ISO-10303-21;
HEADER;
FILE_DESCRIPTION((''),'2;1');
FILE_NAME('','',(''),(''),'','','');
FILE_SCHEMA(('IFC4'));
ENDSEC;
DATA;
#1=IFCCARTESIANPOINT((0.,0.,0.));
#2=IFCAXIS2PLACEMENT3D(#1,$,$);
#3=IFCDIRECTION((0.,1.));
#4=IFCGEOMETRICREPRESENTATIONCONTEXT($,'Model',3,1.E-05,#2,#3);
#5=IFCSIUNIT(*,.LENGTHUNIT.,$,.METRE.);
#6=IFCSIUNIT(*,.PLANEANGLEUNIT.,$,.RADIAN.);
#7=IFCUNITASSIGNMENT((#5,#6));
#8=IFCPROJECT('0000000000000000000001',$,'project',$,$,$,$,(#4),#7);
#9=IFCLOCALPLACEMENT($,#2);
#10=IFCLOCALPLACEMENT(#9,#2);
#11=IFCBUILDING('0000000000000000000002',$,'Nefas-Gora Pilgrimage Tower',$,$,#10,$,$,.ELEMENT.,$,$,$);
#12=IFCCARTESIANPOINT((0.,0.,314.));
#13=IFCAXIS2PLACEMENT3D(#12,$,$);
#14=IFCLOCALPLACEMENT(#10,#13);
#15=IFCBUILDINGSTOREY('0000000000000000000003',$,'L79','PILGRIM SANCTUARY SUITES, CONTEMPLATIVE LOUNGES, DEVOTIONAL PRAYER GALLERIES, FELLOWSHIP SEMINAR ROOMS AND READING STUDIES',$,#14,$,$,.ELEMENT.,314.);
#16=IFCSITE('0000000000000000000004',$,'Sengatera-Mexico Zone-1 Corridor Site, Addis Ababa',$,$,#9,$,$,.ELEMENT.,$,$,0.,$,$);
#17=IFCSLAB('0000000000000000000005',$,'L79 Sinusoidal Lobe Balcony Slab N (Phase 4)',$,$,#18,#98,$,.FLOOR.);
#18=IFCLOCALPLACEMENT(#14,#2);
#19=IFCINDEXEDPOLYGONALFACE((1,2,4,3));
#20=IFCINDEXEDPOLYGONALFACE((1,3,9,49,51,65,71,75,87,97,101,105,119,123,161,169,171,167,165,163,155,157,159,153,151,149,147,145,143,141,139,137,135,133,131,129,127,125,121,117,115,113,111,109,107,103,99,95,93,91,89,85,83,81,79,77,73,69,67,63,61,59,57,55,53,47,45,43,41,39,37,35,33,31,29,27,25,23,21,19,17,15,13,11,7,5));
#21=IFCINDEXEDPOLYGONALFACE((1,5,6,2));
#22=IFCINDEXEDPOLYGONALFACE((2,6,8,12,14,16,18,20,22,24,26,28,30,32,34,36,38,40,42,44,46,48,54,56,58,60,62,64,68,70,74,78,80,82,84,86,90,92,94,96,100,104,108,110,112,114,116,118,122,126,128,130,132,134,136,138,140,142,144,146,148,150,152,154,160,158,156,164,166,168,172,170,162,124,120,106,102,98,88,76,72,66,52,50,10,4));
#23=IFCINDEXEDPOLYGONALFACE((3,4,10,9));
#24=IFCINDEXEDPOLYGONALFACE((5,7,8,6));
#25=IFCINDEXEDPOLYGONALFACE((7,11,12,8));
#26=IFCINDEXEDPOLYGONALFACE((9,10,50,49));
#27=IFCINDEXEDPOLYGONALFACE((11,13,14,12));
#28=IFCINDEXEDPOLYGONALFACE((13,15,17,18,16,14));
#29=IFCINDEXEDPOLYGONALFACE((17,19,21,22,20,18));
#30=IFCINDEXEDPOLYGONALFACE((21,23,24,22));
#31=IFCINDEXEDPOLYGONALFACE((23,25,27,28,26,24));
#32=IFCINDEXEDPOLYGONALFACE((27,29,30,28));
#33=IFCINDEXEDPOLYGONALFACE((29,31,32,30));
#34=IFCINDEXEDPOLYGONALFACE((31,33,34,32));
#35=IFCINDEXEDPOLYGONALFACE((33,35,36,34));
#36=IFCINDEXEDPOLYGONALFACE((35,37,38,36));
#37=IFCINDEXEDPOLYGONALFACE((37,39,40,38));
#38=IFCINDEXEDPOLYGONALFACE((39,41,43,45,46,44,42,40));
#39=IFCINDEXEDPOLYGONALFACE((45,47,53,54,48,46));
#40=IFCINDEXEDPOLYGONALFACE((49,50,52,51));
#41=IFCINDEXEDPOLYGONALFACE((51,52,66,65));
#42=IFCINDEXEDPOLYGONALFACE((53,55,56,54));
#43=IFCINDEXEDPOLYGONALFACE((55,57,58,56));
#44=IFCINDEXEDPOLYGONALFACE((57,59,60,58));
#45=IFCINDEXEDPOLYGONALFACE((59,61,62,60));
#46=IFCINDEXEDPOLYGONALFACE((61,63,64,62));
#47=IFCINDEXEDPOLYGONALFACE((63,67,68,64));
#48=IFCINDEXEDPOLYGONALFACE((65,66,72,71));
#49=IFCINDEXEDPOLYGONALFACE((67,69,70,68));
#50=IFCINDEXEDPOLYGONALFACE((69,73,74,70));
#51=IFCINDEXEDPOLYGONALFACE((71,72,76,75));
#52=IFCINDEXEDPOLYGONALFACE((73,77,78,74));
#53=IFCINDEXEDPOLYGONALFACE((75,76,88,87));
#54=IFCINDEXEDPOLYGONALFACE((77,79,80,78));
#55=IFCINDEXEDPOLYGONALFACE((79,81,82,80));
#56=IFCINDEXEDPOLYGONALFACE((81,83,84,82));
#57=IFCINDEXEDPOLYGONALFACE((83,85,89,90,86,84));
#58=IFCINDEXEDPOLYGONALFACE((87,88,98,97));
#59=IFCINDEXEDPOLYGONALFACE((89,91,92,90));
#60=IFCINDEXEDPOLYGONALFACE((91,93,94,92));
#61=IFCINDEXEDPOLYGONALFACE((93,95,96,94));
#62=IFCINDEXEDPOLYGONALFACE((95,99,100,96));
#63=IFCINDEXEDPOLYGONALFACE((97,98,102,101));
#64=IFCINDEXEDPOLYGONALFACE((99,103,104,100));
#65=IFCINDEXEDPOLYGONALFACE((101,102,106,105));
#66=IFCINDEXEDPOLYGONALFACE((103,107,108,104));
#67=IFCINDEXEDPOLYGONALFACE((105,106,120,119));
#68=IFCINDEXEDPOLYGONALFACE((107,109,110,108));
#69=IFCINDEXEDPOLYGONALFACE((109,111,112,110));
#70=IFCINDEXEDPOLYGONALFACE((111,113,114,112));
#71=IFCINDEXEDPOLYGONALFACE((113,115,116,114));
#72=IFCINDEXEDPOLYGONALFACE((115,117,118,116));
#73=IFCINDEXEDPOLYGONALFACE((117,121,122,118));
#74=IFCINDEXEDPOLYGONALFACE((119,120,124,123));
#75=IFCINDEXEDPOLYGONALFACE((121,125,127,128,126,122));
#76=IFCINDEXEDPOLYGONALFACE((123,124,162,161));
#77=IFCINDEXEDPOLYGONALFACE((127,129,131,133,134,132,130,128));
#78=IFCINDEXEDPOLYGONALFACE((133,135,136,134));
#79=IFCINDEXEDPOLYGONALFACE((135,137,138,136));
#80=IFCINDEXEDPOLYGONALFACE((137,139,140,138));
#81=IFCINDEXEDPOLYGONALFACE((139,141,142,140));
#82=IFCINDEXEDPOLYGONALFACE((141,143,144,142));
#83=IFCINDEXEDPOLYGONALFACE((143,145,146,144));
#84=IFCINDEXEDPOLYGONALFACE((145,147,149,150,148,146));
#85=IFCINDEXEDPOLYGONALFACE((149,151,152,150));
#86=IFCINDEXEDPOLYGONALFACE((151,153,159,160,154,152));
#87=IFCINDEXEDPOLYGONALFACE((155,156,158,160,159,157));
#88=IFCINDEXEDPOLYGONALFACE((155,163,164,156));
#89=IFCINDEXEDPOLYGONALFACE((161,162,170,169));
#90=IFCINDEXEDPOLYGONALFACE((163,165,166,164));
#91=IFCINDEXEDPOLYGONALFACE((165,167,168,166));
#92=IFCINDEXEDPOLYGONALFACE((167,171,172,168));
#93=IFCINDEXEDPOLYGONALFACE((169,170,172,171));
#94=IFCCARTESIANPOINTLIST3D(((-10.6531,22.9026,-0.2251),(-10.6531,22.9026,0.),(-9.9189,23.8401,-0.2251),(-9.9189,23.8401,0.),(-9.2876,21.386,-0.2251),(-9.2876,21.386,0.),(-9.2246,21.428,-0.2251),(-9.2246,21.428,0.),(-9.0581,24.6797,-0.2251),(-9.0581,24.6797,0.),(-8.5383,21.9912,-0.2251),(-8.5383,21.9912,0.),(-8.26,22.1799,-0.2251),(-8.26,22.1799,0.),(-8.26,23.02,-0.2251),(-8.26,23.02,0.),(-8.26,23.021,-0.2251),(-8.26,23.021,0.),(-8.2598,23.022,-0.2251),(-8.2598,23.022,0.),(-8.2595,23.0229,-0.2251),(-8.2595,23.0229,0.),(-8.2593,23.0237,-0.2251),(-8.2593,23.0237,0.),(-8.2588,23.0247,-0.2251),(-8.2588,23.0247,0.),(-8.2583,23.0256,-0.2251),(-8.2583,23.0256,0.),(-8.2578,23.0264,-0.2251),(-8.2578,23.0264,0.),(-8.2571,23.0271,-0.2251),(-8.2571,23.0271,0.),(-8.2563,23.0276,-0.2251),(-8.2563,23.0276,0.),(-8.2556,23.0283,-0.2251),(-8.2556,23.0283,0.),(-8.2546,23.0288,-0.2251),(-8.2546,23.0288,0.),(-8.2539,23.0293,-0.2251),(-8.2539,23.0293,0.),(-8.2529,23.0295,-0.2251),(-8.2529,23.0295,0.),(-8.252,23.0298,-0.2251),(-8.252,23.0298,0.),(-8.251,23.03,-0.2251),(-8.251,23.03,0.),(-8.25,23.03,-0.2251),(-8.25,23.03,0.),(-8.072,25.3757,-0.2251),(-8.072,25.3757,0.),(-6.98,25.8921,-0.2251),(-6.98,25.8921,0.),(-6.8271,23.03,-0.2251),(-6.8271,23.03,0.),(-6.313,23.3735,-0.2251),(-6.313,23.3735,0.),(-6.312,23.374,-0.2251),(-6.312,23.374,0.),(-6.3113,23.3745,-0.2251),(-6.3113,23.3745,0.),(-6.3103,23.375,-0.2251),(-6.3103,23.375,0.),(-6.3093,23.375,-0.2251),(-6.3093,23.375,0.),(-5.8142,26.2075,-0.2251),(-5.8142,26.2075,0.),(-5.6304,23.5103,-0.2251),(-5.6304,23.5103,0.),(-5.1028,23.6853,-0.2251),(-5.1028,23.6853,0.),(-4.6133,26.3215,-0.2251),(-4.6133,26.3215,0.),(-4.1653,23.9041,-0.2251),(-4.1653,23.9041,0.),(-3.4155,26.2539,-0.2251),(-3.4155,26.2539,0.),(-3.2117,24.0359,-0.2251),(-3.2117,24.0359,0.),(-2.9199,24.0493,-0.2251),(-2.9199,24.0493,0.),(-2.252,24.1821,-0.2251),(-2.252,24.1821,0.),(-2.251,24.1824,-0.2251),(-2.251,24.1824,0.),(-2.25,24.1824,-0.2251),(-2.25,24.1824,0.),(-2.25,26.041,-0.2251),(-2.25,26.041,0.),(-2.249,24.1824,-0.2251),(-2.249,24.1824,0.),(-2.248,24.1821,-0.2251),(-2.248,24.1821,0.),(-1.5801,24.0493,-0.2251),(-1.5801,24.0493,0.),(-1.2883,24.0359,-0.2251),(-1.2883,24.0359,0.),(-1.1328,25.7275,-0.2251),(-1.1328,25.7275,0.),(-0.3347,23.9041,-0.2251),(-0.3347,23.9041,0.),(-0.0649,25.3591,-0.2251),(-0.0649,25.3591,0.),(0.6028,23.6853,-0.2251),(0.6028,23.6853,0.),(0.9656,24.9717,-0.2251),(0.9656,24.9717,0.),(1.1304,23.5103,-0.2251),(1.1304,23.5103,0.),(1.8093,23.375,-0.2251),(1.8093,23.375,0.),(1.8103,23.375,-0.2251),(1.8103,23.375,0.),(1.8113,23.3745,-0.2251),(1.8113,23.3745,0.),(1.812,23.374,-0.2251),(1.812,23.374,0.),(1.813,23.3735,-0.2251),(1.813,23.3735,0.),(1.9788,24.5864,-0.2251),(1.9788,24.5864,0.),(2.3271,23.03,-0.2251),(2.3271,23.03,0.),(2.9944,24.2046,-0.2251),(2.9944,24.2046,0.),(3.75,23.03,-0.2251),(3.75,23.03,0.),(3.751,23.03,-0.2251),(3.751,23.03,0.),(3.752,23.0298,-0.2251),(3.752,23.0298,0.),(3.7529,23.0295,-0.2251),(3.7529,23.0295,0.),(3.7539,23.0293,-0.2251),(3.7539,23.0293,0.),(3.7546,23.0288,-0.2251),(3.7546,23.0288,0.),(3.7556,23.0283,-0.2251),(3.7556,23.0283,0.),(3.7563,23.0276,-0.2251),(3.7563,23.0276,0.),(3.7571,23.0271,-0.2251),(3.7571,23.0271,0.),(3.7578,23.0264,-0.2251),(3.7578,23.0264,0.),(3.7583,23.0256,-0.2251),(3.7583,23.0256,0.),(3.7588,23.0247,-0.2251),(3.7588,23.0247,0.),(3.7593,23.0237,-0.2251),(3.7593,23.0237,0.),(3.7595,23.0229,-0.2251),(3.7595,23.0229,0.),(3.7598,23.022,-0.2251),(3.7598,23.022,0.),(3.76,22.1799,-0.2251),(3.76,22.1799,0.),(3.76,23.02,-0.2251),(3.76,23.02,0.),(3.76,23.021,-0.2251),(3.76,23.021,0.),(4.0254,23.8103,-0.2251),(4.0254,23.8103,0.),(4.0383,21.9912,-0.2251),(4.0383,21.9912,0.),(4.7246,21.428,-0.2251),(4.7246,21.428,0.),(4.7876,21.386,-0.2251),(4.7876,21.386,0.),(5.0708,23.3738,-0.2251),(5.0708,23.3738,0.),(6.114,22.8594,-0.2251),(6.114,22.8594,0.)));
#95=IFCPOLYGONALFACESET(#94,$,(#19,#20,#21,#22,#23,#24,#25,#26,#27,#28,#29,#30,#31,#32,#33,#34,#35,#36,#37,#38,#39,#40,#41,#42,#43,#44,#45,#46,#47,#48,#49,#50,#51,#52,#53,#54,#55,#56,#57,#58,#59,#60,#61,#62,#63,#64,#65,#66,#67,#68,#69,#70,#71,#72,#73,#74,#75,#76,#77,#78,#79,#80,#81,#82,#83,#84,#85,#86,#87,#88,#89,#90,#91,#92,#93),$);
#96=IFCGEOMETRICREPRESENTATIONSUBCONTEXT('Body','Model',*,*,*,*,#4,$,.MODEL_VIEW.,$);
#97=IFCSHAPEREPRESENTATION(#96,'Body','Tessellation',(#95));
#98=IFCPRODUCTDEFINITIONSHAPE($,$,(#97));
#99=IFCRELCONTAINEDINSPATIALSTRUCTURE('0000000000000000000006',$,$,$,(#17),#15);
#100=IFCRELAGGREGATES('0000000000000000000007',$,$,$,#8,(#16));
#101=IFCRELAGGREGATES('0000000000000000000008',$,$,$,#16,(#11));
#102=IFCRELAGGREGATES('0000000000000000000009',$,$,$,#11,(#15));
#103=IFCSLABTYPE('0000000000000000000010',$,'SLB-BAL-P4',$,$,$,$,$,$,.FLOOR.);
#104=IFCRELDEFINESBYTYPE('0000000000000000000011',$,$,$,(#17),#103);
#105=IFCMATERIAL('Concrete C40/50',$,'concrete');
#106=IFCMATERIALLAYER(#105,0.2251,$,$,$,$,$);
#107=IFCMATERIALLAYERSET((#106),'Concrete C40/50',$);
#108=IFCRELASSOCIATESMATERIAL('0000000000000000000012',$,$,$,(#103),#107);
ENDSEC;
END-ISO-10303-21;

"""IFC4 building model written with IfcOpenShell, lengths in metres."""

from ifc_helpers import new_model, si_unit, direction, frame, origin, place, context, subcontext, project, spatial, polyline, outline, extrude, material, layer, layer_set, type_object, element, save


model = new_model("IFC4")

# Units and contexts
model_context = context("Model", 3, precision=1e-05, world=origin(), true_north=direction((0.0, 1.0)))
body_context = subcontext(model_context, "Body", "Model", "MODEL_VIEW")
ifc_project = project(units=[si_unit("LENGTHUNIT", "METRE"), si_unit("PLANEANGLEUNIT", "RADIAN")], contexts=[model_context])

# Site, building, storey
site_placement = place(None, origin())
site = spatial("IfcSite", under=ifc_project, at=site_placement, Name="Sengatera-Mexico Zone-1 Corridor Site, Addis Ababa", CompositionType="ELEMENT", RefElevation=0.0)
building_placement = place(site_placement, origin())
building = spatial("IfcBuilding", under=site, at=building_placement, Name="Nefas-Gora Pilgrimage Tower", CompositionType="ELEMENT")
storey_placement = place(building_placement, frame((0.0, 0.0, 314.0)))
storey = spatial("IfcBuildingStorey", under=building, at=storey_placement, Name="L79", Description="PILGRIM SANCTUARY SUITES, CONTEMPLATIVE LOUNGES, DEVOTIONAL PRAYER GALLERIES, FELLOWSHIP SEMINAR ROOMS AND READING STUDIES", CompositionType="ELEMENT", Elevation=314.0)

# Slab
ifc_material_1 = material(Name="Concrete C40/50", Category="concrete")
ifc_layer_1 = layer(ifc_material_1, 0.2251)
ifc_layer_set_1 = layer_set([ifc_layer_1], Name="Concrete C40/50")
slab_type_1 = type_object("IfcSlabType", Name="SLB-BAL-P4", PredefinedType="FLOOR", material=ifc_layer_set_1)
slab_1_placement = place(storey_placement, frame((0.0, 0.0, -0.2251)))
element("IfcSlab", 1, at=slab_1_placement, inside=storey, type_object=slab_type_1, Name="L79 Sinusoidal Lobe Balcony Slab N (Phase 4)", PredefinedType="FLOOR", context=body_context, shape_type="SweptSolid", body=[
    extrude(outline(polyline([(-9.2876, 21.386), (-9.2246, 21.428), (-8.5383, 21.9912), (-8.26, 22.1799), (-8.26, 23.02), (-8.26, 23.021), (-8.2598, 23.022), (-8.2595, 23.0229), (-8.2593, 23.0237), (-8.2588, 23.0247), (-8.2583, 23.0256), (-8.2578, 23.0264), (-8.2571, 23.0271), (-8.2563, 23.0276), (-8.2556, 23.0283), (-8.2546, 23.0288), (-8.2539, 23.0293), (-8.2529, 23.0295), (-8.252, 23.0298), (-8.251, 23.03), (-8.25, 23.03), (-6.8271, 23.03), (-6.313, 23.3735), (-6.312, 23.374), (-6.3113, 23.3745), (-6.3103, 23.375), (-6.3093, 23.375), (-5.6304, 23.5103), (-5.1028, 23.6853), (-4.1653, 23.9041), (-3.2117, 24.0359), (-2.9199, 24.0493), (-2.252, 24.1821), (-2.251, 24.1824), (-2.25, 24.1824), (-2.249, 24.1824), (-2.248, 24.1821), (-1.5801, 24.0493), (-1.2883, 24.0359), (-0.3347, 23.9041), (0.6028, 23.6853), (1.1304, 23.5103), (1.8093, 23.375), (1.8103, 23.375), (1.8113, 23.3745), (1.812, 23.374), (1.813, 23.3735), (2.3271, 23.03), (3.75, 23.03), (3.751, 23.03), (3.752, 23.0298), (3.7529, 23.0295), (3.7539, 23.0293), (3.7546, 23.0288), (3.7556, 23.0283), (3.7563, 23.0276), (3.7571, 23.0271), (3.7578, 23.0264), (3.7583, 23.0256), (3.7588, 23.0247), (3.7593, 23.0237), (3.7595, 23.0229), (3.7598, 23.022), (3.76, 23.021), (3.76, 23.02), (3.76, 22.1799), (4.0383, 21.9912), (4.7246, 21.428), (4.7876, 21.386), (6.114, 22.8594), (5.0708, 23.3738), (4.0254, 23.8103), (2.9944, 24.2046), (1.9788, 24.5864), (0.9656, 24.9717), (-0.0649, 25.3591), (-1.1328, 25.7275), (-2.25, 26.041), (-3.4155, 26.2539), (-4.6133, 26.3215), (-5.8142, 26.2075), (-6.98, 25.8921), (-8.072, 25.3757), (-9.0581, 24.6797), (-9.9189, 23.8401), (-10.6531, 22.9026), (-9.2876, 21.386)])), origin(), (0.0, 0.0, 1.0), 0.2251),
])

save(model, "model.ifc")
